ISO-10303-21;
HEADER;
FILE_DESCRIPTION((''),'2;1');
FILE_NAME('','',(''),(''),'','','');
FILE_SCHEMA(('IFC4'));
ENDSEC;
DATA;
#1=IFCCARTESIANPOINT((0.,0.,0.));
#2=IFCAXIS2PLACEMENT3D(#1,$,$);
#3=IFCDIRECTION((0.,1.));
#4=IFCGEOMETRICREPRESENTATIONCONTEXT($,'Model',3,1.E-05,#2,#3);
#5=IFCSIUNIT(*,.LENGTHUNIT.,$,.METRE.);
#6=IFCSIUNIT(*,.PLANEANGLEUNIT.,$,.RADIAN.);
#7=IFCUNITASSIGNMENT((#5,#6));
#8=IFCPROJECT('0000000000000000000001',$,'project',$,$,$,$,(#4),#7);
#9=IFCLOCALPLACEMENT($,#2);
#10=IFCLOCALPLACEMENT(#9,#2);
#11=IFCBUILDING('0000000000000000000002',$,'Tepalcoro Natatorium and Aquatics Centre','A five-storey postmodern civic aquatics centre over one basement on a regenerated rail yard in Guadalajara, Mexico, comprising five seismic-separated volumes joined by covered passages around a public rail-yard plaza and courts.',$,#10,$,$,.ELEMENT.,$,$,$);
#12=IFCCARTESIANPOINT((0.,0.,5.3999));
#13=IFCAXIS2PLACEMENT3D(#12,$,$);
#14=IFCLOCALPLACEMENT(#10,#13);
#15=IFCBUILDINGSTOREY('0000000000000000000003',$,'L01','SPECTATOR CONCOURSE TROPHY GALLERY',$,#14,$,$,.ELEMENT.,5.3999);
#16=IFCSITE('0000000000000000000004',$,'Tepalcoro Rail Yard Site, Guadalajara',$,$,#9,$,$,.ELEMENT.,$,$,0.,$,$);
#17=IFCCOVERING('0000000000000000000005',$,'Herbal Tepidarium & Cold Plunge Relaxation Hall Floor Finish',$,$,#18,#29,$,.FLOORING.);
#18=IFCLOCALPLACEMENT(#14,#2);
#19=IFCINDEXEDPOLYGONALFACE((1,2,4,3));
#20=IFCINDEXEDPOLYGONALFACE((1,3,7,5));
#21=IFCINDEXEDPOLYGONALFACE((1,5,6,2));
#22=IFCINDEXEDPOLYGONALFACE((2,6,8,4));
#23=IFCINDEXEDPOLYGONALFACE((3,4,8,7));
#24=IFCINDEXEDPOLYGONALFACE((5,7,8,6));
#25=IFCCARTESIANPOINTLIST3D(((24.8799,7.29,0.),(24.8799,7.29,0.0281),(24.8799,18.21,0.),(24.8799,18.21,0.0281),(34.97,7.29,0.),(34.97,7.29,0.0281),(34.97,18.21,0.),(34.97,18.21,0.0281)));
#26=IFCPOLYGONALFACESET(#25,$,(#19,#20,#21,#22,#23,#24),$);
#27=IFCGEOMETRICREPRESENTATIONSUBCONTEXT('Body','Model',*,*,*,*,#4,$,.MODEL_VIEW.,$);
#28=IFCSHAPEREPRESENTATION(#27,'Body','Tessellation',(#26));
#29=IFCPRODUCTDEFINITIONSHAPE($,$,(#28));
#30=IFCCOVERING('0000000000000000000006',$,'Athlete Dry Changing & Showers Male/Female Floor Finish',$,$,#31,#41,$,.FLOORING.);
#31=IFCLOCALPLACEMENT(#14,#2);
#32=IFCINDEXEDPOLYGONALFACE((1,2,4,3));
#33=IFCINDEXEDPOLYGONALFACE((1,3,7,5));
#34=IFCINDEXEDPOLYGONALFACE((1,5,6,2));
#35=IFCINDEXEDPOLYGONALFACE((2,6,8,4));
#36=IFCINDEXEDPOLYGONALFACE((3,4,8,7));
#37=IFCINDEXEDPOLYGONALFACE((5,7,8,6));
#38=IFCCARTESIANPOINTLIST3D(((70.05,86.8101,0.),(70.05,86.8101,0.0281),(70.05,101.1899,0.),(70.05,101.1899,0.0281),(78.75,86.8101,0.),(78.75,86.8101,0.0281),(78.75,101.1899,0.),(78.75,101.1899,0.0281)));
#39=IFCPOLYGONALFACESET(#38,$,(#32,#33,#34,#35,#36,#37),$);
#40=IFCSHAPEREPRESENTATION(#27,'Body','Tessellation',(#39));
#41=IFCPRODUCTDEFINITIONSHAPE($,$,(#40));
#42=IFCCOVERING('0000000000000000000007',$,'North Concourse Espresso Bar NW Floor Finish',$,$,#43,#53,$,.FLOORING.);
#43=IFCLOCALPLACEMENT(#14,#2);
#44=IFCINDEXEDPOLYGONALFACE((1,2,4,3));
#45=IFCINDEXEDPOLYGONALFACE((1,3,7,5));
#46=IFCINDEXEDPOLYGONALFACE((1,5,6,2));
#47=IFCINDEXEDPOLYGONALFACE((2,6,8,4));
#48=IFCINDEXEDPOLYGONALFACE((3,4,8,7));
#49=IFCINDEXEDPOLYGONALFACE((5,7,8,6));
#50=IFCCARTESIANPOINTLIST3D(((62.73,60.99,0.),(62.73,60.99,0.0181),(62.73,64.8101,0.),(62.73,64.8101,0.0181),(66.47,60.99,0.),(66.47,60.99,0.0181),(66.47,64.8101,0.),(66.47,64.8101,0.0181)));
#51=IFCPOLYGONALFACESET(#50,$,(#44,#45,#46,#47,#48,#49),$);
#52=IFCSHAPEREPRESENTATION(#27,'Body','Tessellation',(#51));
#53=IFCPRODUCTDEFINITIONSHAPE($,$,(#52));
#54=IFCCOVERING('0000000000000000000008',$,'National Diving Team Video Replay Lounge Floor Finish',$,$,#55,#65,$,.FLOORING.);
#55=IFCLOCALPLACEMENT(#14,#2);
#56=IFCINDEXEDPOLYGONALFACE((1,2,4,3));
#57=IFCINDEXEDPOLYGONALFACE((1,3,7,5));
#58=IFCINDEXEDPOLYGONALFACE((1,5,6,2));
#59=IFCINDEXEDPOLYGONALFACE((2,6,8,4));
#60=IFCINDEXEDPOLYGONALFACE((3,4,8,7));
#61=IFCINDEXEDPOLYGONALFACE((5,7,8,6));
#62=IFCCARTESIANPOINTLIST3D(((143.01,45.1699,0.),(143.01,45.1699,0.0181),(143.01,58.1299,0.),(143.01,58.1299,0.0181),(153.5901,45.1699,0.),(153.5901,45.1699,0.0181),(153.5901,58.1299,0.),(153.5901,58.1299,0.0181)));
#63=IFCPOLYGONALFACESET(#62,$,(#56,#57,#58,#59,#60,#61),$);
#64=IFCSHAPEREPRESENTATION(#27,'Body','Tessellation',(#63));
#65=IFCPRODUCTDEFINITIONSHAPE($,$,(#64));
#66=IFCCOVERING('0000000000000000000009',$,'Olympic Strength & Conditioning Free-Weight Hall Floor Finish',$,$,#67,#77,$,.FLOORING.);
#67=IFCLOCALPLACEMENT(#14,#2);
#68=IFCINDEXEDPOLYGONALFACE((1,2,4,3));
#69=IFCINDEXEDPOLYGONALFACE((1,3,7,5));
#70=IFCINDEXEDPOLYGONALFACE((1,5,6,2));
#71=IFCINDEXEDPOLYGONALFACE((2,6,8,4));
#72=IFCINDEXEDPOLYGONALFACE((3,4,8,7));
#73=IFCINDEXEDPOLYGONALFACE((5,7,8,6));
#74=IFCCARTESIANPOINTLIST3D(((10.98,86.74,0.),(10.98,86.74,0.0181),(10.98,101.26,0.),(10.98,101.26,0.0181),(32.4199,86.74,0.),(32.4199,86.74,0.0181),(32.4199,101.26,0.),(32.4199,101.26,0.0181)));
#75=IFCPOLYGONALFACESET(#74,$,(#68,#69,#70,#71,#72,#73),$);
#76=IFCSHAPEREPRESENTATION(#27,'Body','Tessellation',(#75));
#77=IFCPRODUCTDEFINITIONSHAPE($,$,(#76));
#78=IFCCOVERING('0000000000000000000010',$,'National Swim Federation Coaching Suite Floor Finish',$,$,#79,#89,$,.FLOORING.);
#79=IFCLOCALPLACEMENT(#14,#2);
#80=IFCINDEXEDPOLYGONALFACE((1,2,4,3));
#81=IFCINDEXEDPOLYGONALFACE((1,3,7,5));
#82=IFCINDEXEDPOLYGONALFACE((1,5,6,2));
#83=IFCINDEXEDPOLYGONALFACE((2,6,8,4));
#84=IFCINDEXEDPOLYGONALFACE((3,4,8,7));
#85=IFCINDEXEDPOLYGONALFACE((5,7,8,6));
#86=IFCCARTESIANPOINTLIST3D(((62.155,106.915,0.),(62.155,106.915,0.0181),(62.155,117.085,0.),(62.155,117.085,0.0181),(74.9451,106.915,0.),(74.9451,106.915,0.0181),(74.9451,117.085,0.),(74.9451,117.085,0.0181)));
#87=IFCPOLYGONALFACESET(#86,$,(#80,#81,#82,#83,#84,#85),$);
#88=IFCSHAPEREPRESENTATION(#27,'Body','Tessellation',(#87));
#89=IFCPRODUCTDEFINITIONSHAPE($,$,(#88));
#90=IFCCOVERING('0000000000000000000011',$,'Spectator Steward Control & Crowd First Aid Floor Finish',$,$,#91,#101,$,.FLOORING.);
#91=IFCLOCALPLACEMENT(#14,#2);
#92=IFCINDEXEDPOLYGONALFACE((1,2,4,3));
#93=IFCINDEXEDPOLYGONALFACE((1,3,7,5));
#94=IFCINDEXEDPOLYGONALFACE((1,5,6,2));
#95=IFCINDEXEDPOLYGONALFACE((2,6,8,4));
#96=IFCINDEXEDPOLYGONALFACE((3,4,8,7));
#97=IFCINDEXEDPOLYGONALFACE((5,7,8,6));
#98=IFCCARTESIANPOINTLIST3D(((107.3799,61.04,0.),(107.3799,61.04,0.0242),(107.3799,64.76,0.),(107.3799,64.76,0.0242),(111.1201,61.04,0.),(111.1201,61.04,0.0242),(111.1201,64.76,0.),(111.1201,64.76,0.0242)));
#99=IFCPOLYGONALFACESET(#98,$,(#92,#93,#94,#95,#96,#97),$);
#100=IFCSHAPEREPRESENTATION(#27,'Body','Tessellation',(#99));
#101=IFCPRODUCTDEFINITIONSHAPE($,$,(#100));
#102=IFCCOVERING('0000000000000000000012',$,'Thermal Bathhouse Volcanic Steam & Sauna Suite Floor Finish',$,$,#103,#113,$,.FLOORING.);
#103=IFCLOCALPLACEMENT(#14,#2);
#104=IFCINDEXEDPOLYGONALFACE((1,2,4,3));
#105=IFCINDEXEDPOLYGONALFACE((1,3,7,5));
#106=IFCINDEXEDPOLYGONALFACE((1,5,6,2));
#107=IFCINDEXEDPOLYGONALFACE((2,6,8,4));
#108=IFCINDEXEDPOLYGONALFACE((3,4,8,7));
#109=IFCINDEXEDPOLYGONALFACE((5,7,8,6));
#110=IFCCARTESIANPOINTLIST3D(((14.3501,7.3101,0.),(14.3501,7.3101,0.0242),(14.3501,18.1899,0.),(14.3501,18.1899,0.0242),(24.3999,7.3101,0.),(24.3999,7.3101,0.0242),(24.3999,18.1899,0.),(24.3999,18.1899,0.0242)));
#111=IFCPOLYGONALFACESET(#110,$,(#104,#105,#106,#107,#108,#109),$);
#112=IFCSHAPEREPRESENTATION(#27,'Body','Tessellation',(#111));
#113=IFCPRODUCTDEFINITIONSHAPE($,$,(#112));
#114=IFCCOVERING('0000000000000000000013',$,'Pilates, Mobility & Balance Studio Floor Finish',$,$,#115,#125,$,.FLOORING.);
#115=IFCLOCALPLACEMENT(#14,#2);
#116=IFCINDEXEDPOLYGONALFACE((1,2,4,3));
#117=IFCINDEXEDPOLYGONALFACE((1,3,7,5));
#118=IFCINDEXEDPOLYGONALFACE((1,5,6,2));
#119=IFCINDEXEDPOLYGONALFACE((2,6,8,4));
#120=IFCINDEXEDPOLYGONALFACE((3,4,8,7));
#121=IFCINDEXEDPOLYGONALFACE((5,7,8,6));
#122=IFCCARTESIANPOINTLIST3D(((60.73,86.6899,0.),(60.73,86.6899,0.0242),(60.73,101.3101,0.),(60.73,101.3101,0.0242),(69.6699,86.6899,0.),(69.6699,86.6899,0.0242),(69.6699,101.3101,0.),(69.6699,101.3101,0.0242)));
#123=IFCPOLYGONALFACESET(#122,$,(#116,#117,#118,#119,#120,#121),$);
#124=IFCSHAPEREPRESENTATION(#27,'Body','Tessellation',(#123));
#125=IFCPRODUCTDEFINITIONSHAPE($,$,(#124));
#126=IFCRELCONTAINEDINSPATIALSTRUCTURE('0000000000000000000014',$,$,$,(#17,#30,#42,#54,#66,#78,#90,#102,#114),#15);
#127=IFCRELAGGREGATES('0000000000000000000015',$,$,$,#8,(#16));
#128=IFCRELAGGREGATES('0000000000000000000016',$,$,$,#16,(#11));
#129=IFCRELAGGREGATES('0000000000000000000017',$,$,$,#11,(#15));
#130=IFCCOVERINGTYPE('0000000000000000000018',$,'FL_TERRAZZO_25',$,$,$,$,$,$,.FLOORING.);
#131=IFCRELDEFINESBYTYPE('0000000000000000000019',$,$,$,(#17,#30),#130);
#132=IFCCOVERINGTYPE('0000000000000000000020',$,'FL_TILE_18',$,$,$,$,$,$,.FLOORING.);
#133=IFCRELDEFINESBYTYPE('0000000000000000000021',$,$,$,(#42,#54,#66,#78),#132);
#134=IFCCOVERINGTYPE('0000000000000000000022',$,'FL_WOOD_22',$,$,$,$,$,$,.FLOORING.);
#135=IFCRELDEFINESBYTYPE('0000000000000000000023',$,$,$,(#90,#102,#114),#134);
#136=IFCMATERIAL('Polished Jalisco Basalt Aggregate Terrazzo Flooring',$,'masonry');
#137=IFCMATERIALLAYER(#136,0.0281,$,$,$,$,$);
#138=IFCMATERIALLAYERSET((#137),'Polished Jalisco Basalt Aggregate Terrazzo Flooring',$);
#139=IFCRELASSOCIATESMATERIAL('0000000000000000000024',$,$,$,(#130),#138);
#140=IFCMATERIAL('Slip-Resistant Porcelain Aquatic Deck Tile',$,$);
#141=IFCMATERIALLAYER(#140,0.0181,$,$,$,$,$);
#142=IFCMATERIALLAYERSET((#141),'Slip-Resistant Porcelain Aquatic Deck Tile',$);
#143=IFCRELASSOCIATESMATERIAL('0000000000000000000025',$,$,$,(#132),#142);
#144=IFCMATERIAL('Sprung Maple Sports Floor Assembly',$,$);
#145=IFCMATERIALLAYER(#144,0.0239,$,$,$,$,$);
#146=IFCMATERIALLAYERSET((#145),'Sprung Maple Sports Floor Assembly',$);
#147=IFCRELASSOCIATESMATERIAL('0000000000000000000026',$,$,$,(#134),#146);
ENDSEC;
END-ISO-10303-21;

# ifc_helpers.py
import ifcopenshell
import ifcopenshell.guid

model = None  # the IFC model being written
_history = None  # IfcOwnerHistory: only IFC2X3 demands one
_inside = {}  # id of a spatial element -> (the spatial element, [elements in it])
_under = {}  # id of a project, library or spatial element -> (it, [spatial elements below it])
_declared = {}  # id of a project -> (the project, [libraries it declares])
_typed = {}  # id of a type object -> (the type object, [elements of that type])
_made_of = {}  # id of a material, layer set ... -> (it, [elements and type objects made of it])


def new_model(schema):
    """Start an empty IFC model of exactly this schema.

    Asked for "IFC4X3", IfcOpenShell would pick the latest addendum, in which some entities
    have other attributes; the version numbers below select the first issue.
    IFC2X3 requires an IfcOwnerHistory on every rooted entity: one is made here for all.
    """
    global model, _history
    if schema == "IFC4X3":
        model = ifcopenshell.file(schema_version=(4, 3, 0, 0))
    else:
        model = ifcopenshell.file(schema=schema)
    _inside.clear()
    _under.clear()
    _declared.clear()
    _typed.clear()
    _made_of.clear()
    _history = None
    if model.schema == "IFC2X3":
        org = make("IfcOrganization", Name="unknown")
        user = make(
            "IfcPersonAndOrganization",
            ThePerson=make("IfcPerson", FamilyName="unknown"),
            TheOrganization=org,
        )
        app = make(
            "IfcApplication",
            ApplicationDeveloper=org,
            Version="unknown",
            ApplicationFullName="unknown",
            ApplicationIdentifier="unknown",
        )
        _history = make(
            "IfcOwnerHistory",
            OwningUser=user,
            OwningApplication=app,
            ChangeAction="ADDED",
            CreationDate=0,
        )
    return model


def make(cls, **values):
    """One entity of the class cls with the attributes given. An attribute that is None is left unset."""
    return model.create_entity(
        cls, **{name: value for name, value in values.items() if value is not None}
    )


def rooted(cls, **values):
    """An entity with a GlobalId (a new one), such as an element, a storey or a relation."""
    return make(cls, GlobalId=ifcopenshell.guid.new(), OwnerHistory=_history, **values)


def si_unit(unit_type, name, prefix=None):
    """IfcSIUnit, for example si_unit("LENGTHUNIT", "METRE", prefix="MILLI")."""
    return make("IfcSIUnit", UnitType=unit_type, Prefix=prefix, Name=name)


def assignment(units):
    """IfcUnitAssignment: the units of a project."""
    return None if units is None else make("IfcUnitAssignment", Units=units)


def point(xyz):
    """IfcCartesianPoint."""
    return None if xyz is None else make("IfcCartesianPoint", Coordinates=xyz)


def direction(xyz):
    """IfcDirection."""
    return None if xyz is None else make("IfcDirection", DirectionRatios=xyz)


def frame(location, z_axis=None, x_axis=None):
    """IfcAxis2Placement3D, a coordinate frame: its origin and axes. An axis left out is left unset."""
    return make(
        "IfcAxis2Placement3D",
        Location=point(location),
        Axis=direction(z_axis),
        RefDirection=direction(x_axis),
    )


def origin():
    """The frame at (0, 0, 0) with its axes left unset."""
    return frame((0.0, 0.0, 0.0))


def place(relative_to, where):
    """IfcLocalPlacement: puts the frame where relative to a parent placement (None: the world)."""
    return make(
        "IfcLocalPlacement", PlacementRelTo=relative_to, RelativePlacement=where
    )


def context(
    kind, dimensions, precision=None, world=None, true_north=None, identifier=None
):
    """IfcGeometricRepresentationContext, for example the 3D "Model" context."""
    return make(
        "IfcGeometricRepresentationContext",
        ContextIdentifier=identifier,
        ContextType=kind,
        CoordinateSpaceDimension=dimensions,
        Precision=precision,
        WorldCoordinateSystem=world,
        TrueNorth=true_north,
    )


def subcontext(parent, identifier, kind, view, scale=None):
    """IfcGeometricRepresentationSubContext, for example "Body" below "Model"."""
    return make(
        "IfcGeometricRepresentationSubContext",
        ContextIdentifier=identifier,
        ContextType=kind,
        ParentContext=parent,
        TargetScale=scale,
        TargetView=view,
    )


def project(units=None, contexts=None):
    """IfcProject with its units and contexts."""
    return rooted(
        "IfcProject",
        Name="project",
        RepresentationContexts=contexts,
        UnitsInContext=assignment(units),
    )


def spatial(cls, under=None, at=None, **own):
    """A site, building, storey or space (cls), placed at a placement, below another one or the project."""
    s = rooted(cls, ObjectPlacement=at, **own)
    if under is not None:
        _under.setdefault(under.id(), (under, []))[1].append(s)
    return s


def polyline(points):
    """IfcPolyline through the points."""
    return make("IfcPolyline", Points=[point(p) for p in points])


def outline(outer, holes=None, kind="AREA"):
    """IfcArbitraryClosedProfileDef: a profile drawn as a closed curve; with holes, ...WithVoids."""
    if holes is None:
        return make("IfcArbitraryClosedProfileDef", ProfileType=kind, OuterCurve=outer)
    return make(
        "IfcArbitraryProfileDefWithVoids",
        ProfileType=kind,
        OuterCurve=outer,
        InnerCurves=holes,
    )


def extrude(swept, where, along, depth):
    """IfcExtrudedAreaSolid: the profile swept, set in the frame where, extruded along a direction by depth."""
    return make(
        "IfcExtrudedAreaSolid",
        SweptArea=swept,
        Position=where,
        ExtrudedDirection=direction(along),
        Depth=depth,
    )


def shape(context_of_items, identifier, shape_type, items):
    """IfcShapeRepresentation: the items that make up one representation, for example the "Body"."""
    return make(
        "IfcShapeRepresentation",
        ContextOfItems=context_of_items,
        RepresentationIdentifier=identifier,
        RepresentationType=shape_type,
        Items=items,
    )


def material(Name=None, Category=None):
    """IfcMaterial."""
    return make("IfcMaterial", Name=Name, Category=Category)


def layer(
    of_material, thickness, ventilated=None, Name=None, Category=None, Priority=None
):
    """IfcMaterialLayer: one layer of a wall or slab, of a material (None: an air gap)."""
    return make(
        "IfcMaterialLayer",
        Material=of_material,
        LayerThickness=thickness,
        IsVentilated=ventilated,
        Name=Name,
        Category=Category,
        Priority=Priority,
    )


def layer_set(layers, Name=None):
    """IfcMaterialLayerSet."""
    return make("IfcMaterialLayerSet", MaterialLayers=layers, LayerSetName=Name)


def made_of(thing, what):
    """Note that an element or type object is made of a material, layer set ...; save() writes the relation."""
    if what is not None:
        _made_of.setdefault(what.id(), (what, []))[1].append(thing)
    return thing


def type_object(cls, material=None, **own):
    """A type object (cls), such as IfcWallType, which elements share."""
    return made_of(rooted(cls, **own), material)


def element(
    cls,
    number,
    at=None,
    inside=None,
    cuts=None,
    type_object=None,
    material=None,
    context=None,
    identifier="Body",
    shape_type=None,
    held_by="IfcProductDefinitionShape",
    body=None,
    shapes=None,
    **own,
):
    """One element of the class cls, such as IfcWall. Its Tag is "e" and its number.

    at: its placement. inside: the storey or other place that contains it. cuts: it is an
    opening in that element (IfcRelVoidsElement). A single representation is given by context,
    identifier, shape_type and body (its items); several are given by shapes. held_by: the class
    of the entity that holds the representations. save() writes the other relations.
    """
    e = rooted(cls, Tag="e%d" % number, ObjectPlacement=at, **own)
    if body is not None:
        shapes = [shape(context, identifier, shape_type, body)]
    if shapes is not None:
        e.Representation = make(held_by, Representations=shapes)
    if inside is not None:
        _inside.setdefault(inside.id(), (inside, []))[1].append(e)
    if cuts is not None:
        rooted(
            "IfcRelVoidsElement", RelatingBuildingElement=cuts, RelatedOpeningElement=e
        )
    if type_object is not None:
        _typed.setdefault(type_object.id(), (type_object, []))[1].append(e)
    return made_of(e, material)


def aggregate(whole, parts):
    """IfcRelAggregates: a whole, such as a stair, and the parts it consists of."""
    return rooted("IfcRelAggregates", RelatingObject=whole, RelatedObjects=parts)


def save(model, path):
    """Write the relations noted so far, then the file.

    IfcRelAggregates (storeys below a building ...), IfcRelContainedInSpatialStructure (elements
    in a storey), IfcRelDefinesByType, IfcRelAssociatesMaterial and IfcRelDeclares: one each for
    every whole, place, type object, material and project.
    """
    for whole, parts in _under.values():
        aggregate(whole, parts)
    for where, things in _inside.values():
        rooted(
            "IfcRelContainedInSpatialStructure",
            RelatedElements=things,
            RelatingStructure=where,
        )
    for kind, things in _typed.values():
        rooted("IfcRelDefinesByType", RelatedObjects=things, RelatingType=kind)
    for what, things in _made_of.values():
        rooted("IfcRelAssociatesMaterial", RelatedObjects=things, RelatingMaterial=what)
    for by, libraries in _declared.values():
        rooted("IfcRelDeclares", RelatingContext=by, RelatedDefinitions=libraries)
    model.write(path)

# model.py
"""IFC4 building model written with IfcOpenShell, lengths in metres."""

from ifc_helpers import new_model, si_unit, direction, frame, origin, place, context, subcontext, project, spatial, polyline, outline, extrude, material, layer, layer_set, type_object, element, save


model = new_model("IFC4")

# Units and contexts
model_context = context("Model", 3, precision=1e-05, world=origin(), true_north=direction((0.0, 1.0)))
body_context = subcontext(model_context, "Body", "Model", "MODEL_VIEW")
ifc_project = project(units=[si_unit("LENGTHUNIT", "METRE"), si_unit("PLANEANGLEUNIT", "RADIAN")], contexts=[model_context])

# Site, building, storey
site_placement = place(None, origin())
site = spatial("IfcSite", under=ifc_project, at=site_placement, Name="Tepalcoro Rail Yard Site, Guadalajara", CompositionType="ELEMENT", RefElevation=0.0)
building_placement = place(site_placement, origin())
building = spatial("IfcBuilding", under=site, at=building_placement, Name="Tepalcoro Natatorium and Aquatics Centre", Description="A five-storey postmodern civic aquatics centre over one basement on a regenerated rail yard in Guadalajara, Mexico, comprising five seismic-separated volumes joined by covered passages around a public rail-yard plaza and courts.", CompositionType="ELEMENT")
storey_placement = place(building_placement, frame((0.0, 0.0, 5.3999)))
storey = spatial("IfcBuildingStorey", under=building, at=storey_placement, Name="L01", Description="SPECTATOR CONCOURSE TROPHY GALLERY", CompositionType="ELEMENT", Elevation=5.3999)

# Coverings
ifc_material_1 = material(Name="Slip-Resistant Porcelain Aquatic Deck Tile")
ifc_material_2 = material(Name="Polished Jalisco Basalt Aggregate Terrazzo Flooring", Category="masonry")
ifc_layer_1 = layer(ifc_material_2, 0.0281)
ifc_layer_set_1 = layer_set([ifc_layer_1], Name="Polished Jalisco Basalt Aggregate Terrazzo Flooring")
covering_type_1 = type_object("IfcCoveringType", Name="FL_TERRAZZO_25", PredefinedType="FLOORING", material=ifc_layer_set_1)
covering_1_placement = place(storey_placement, origin())
element("IfcCovering", 1, at=covering_1_placement, inside=storey, type_object=covering_type_1, Name="Herbal Tepidarium & Cold Plunge Relaxation Hall Floor Finish", PredefinedType="FLOORING", context=body_context, shape_type="SweptSolid", body=[
    extrude(outline(polyline([(24.8799, 7.29), (24.8799, 18.21), (34.97, 18.21), (34.97, 7.29), (24.8799, 7.29)])), origin(), (0.0, 0.0, 1.0), 0.0281),
])
covering_2_placement = place(storey_placement, origin())
element("IfcCovering", 2, at=covering_2_placement, inside=storey, type_object=covering_type_1, Name="Athlete Dry Changing & Showers Male/Female Floor Finish", PredefinedType="FLOORING", context=body_context, shape_type="SweptSolid", body=[
    extrude(outline(polyline([(70.05, 86.8101), (70.05, 101.1899), (78.75, 101.1899), (78.75, 86.8101), (70.05, 86.8101)])), origin(), (0.0, 0.0, 1.0), 0.0281),
])
ifc_layer_2 = layer(ifc_material_1, 0.0181)
ifc_layer_set_2 = layer_set([ifc_layer_2], Name="Slip-Resistant Porcelain Aquatic Deck Tile")
covering_type_2 = type_object("IfcCoveringType", Name="FL_TILE_18", PredefinedType="FLOORING", material=ifc_layer_set_2)
covering_3_placement = place(storey_placement, origin())
element("IfcCovering", 3, at=covering_3_placement, inside=storey, type_object=covering_type_2, Name="North Concourse Espresso Bar NW Floor Finish", PredefinedType="FLOORING", context=body_context, shape_type="SweptSolid", body=[
    extrude(outline(polyline([(62.73, 60.99), (62.73, 64.8101), (66.47, 64.8101), (66.47, 60.99), (62.73, 60.99)])), origin(), (0.0, 0.0, 1.0), 0.0181),
])
covering_4_placement = place(storey_placement, origin())
element("IfcCovering", 4, at=covering_4_placement, inside=storey, type_object=covering_type_2, Name="National Diving Team Video Replay Lounge Floor Finish", PredefinedType="FLOORING", context=body_context, shape_type="SweptSolid", body=[
    extrude(outline(polyline([(143.01, 45.1699), (143.01, 58.1299), (153.5901, 58.1299), (153.5901, 45.1699), (143.01, 45.1699)])), origin(), (0.0, 0.0, 1.0), 0.0181),
])
covering_5_placement = place(storey_placement, origin())
element("IfcCovering", 5, at=covering_5_placement, inside=storey, type_object=covering_type_2, Name="Olympic Strength & Conditioning Free-Weight Hall Floor Finish", PredefinedType="FLOORING", context=body_context, shape_type="SweptSolid", body=[
    extrude(outline(polyline([(10.98, 86.74), (10.98, 101.26), (32.4199, 101.26), (32.4199, 86.74), (10.98, 86.74)])), origin(), (0.0, 0.0, 1.0), 0.0181),
])
covering_6_placement = place(storey_placement, origin())
element("IfcCovering", 6, at=covering_6_placement, inside=storey, type_object=covering_type_2, Name="National Swim Federation Coaching Suite Floor Finish", PredefinedType="FLOORING", context=body_context, shape_type="SweptSolid", body=[
    extrude(outline(polyline([(62.155, 106.915), (62.155, 117.085), (74.9451, 117.085), (74.9451, 106.915), (62.155, 106.915)])), origin(), (0.0, 0.0, 1.0), 0.0181),
])
ifc_material_3 = material(Name="Sprung Maple Sports Floor Assembly")
ifc_layer_3 = layer(ifc_material_3, 0.0239)
ifc_layer_set_3 = layer_set([ifc_layer_3], Name="Sprung Maple Sports Floor Assembly")
covering_type_3 = type_object("IfcCoveringType", Name="FL_WOOD_22", PredefinedType="FLOORING", material=ifc_layer_set_3)
covering_7_placement = place(storey_placement, origin())
element("IfcCovering", 7, at=covering_7_placement, inside=storey, type_object=covering_type_3, Name="Spectator Steward Control & Crowd First Aid Floor Finish", PredefinedType="FLOORING", context=body_context, shape_type="SweptSolid", body=[
    extrude(outline(polyline([(107.3799, 61.04), (107.3799, 64.76), (111.1201, 64.76), (111.1201, 61.04), (107.3799, 61.04)])), origin(), (0.0, 0.0, 1.0), 0.0242),
])
covering_8_placement = place(storey_placement, origin())
element("IfcCovering", 8, at=covering_8_placement, inside=storey, type_object=covering_type_3, Name="Thermal Bathhouse Volcanic Steam & Sauna Suite Floor Finish", PredefinedType="FLOORING", context=body_context, shape_type="SweptSolid", body=[
    extrude(outline(polyline([(14.3501, 7.3101), (14.3501, 18.1899), (24.3999, 18.1899), (24.3999, 7.3101), (14.3501, 7.3101)])), origin(), (0.0, 0.0, 1.0), 0.0242),
])
covering_9_placement = place(storey_placement, origin())
element("IfcCovering", 9, at=covering_9_placement, inside=storey, type_object=covering_type_3, Name="Pilates, Mobility & Balance Studio Floor Finish", PredefinedType="FLOORING", context=body_context, shape_type="SweptSolid", body=[
    extrude(outline(polyline([(60.73, 86.6899), (60.73, 101.3101), (69.6699, 101.3101), (69.6699, 86.6899), (60.73, 86.6899)])), origin(), (0.0, 0.0, 1.0), 0.0242),
])

save(model, "model.ifc")
